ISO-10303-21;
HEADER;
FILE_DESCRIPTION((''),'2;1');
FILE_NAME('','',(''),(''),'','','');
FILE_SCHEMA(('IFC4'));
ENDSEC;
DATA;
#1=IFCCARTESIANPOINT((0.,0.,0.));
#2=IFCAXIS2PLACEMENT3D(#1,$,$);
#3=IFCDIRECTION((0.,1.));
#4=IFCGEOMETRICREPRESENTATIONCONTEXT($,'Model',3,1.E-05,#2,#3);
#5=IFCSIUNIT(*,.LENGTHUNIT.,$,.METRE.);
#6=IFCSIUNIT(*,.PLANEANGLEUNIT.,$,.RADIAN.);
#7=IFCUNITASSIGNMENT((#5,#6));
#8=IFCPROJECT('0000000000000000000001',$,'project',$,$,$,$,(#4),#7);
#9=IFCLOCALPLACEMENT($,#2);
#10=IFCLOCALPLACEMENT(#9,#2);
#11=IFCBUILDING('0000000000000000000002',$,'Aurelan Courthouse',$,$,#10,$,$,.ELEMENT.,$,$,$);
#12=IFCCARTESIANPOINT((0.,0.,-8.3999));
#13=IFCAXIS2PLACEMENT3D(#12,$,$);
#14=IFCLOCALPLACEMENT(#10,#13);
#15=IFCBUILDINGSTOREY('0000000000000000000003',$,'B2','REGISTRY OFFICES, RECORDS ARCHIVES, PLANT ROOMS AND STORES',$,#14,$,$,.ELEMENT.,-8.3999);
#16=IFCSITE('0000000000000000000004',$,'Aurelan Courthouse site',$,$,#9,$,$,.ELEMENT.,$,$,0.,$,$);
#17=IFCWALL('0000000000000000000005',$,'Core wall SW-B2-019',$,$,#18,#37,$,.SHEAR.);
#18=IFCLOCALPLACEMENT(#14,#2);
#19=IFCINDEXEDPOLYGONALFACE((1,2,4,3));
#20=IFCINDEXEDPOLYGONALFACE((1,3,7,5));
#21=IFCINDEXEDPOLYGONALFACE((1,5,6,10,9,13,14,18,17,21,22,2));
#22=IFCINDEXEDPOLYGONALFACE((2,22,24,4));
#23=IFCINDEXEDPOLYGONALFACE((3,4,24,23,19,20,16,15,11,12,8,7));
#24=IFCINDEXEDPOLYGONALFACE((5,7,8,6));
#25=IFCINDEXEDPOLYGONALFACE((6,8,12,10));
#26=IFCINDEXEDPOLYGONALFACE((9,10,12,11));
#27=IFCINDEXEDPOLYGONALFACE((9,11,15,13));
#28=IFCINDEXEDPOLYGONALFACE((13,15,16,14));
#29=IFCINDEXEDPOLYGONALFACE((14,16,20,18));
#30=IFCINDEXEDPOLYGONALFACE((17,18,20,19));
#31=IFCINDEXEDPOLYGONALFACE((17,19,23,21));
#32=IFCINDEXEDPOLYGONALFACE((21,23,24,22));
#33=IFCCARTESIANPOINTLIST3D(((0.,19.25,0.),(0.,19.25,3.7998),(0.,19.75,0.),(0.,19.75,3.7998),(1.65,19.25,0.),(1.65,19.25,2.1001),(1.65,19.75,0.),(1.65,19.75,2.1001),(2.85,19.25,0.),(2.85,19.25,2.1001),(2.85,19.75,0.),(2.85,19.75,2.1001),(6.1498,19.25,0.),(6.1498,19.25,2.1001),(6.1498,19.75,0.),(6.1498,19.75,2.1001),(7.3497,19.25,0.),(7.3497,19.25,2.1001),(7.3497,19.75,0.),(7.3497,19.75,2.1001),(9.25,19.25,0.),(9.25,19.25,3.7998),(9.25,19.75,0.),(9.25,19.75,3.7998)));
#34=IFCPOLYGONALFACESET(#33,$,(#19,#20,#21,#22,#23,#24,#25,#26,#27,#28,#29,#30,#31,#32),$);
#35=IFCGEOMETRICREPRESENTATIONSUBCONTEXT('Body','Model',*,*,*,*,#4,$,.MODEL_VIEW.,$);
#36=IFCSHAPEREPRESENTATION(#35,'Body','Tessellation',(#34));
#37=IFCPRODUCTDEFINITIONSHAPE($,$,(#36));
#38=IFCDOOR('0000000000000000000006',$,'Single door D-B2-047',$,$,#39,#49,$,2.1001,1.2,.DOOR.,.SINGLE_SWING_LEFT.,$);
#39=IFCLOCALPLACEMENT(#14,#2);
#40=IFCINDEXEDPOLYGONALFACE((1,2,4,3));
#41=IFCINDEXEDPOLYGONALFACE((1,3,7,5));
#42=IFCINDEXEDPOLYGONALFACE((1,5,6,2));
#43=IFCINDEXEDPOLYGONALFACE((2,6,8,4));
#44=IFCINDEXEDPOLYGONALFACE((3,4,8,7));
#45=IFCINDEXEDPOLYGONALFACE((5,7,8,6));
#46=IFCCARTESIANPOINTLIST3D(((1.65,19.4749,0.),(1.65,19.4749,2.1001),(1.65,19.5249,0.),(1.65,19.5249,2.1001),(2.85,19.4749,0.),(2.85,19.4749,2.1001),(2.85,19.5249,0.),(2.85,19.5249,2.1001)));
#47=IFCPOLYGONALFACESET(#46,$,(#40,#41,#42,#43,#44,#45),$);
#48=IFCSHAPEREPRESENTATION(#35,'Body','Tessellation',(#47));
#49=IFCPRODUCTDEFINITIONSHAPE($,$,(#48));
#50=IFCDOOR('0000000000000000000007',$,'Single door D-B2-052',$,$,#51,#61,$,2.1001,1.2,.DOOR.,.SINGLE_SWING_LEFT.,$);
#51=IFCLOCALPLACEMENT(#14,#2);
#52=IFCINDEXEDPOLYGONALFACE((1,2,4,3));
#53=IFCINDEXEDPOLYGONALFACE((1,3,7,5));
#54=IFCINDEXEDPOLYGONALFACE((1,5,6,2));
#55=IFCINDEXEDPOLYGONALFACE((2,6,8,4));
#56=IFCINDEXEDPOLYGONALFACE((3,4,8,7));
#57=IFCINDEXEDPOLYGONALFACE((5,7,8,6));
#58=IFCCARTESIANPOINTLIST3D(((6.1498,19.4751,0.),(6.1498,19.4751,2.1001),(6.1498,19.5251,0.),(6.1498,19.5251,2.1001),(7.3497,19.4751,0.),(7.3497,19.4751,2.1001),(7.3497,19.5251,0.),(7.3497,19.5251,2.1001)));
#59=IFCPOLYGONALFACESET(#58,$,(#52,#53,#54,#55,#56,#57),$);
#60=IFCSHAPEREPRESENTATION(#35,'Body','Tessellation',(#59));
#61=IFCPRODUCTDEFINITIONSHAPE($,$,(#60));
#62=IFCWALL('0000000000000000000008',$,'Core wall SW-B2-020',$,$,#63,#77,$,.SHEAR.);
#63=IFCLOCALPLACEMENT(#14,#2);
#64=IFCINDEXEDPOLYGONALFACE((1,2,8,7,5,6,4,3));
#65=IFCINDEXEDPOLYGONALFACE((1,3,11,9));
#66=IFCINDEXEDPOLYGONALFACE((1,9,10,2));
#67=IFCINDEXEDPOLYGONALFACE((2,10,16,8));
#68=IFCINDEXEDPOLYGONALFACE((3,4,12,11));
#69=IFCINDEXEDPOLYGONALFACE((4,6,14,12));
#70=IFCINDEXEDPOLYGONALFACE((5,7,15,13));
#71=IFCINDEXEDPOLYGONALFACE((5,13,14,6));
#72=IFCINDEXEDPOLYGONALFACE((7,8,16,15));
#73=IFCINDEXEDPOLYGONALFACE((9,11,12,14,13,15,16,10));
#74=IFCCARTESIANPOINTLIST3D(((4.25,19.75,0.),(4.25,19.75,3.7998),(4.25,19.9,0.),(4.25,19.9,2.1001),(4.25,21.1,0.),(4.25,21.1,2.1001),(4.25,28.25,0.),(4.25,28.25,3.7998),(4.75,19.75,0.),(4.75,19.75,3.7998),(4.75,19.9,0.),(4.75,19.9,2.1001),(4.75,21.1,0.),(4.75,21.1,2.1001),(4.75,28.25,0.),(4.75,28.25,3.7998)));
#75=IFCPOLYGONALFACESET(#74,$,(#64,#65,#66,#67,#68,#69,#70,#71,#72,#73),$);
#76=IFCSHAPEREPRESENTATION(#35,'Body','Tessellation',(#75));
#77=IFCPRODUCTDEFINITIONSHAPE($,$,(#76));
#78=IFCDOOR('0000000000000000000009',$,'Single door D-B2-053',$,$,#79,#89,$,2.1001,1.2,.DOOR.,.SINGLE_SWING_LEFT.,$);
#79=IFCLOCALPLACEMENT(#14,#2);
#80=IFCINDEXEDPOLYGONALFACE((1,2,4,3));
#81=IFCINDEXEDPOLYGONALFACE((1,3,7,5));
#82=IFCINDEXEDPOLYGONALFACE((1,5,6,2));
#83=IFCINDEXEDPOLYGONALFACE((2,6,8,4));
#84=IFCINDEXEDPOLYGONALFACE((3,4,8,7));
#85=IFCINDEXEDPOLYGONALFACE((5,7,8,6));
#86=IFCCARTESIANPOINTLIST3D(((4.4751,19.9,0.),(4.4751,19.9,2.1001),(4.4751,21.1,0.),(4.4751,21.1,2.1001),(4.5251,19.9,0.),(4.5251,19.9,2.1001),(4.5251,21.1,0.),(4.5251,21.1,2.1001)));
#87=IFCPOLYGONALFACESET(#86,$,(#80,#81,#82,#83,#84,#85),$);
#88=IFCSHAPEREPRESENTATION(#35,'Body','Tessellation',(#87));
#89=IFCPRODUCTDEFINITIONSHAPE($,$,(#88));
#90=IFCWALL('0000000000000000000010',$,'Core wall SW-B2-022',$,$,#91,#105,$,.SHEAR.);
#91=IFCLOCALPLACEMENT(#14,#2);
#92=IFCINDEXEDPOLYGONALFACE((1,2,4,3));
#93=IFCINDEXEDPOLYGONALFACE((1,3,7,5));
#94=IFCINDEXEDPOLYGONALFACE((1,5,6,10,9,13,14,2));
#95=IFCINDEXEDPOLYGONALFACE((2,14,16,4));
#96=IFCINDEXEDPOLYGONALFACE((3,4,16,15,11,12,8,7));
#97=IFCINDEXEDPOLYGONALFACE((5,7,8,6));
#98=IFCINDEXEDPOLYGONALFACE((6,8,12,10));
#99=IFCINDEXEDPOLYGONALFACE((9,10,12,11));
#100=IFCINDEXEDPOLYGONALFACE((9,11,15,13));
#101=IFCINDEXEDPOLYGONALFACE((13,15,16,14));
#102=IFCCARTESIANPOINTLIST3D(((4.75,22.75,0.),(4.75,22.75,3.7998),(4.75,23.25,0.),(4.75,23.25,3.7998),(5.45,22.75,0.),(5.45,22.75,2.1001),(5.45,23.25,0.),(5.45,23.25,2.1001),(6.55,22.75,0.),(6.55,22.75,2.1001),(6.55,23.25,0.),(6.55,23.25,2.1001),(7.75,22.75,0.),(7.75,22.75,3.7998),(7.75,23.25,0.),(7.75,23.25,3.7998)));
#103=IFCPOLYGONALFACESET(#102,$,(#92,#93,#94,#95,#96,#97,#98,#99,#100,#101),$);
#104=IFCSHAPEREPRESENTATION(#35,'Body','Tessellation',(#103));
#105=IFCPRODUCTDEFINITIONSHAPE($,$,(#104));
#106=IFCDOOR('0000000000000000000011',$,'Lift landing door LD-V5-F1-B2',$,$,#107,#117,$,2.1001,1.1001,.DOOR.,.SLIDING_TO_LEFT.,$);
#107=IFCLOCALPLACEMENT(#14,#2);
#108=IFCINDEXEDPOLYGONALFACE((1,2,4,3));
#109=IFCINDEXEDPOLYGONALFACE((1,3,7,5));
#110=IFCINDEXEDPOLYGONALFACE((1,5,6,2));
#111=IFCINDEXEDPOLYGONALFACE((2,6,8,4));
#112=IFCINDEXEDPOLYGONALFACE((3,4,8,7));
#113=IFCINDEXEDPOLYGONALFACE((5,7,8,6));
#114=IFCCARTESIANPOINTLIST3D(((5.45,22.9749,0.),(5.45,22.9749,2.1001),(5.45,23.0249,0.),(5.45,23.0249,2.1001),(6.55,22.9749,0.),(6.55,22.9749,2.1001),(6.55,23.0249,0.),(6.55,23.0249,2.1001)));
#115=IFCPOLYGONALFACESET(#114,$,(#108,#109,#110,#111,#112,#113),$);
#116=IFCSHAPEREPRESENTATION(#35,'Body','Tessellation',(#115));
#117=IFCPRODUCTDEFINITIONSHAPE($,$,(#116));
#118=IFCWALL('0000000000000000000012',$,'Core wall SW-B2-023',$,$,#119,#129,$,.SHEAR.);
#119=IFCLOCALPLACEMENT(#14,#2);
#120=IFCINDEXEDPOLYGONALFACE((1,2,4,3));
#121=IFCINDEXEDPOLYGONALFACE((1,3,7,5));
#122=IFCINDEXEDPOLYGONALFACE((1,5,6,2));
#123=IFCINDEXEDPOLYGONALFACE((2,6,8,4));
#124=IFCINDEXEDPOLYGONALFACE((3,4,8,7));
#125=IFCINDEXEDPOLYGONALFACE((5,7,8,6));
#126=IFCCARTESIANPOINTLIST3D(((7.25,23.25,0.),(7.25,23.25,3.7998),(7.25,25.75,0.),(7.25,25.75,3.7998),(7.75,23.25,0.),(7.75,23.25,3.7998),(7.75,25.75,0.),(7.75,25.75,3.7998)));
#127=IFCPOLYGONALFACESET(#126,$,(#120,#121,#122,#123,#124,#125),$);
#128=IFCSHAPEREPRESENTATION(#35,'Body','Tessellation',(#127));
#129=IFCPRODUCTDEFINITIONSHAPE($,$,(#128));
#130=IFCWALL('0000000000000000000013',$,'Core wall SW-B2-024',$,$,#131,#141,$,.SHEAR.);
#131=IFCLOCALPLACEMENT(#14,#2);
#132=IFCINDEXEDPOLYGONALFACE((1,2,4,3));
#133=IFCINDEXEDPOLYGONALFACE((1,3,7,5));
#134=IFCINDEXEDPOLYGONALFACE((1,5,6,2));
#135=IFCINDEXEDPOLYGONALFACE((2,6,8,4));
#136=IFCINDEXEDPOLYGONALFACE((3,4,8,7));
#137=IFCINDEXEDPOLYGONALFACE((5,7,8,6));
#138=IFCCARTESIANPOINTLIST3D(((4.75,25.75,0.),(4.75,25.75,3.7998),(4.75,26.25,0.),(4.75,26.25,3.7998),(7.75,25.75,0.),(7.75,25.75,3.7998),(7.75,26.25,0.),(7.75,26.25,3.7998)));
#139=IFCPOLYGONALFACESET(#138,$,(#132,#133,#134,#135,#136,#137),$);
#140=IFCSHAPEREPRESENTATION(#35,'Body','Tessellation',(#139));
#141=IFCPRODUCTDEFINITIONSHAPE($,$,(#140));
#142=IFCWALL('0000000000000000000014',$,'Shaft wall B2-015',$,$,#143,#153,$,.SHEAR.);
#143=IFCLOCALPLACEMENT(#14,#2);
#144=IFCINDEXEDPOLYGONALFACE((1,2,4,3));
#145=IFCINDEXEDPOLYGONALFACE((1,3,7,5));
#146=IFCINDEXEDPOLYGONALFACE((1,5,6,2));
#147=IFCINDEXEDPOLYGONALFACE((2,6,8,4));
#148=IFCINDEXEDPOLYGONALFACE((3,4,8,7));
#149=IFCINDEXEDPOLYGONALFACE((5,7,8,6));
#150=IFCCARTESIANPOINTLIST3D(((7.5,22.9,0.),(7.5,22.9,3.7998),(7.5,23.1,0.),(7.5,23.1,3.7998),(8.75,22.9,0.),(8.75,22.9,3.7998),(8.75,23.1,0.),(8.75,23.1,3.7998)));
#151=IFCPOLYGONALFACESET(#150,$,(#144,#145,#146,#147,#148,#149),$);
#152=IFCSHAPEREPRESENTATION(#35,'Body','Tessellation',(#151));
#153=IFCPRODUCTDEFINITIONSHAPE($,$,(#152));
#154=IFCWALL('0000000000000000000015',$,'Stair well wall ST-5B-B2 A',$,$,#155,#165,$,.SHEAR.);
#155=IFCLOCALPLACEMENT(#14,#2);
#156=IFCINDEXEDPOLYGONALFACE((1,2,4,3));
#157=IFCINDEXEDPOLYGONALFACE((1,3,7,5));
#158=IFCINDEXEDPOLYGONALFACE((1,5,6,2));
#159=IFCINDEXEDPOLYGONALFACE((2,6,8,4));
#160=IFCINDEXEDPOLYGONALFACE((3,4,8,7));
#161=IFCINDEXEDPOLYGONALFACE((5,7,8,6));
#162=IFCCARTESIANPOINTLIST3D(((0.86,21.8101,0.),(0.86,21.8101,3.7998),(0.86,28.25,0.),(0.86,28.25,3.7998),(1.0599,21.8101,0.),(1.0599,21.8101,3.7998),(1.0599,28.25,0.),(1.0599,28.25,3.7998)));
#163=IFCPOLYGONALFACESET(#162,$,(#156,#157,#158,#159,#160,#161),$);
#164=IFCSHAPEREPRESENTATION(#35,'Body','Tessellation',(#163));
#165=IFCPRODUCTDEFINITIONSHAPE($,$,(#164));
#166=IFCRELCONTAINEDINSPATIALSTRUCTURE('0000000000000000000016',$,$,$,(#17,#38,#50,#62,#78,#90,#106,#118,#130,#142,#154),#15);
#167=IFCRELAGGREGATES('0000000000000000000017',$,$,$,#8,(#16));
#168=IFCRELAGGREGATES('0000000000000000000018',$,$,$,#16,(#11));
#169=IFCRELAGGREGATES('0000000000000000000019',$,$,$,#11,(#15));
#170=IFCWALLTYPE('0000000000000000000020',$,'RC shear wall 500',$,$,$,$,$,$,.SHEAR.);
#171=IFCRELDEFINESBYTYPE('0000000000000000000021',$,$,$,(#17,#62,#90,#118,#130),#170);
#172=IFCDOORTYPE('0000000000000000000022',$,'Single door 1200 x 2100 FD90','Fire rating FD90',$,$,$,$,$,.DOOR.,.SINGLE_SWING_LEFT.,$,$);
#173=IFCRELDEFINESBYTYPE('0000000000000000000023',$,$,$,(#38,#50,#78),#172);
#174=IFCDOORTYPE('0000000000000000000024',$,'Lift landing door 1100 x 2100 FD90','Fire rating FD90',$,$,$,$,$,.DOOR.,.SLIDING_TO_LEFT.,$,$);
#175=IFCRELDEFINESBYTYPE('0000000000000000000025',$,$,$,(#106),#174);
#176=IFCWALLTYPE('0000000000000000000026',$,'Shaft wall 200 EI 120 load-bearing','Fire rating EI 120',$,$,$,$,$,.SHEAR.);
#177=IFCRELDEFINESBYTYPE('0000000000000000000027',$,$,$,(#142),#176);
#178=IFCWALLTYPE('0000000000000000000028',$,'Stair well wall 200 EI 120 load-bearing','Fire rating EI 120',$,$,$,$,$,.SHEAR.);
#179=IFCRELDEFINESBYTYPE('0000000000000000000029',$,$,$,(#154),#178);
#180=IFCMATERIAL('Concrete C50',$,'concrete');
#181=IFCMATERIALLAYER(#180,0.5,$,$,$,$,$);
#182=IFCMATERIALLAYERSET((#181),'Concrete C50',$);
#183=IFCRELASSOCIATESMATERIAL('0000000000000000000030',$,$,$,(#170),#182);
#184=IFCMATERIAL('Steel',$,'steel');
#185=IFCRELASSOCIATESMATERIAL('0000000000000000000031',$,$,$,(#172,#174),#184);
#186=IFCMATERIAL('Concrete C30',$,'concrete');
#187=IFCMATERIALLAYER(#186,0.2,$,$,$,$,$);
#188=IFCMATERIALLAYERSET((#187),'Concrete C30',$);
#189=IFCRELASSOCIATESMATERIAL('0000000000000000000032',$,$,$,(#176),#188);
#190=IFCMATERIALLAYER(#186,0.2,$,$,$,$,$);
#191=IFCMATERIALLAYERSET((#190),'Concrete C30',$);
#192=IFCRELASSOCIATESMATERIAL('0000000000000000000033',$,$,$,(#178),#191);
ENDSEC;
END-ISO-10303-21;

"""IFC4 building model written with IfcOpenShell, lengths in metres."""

from ifc_helpers import new_model, si_unit, direction, frame, frame_2d, origin, place, context, subcontext, project, spatial, rectangle, extrude, material, layer, layer_set, type_object, element, fill, save


model = new_model("IFC4")

# Units and contexts
model_context = context("Model", 3, precision=1e-05, world=origin(), true_north=direction((0.0, 1.0)))
body_context = subcontext(model_context, "Body", "Model", "MODEL_VIEW")
ifc_project = project(units=[si_unit("LENGTHUNIT", "METRE"), si_unit("PLANEANGLEUNIT", "RADIAN")], contexts=[model_context])

# Site, building, storey
site_placement = place(None, origin())
site = spatial("IfcSite", under=ifc_project, at=site_placement, Name="Aurelan Courthouse site", CompositionType="ELEMENT", RefElevation=0.0)
building_placement = place(site_placement, origin())
building = spatial("IfcBuilding", under=site, at=building_placement, Name="Aurelan Courthouse", CompositionType="ELEMENT")
storey_placement = place(building_placement, frame((0.0, 0.0, -8.3999)))
storey = spatial("IfcBuildingStorey", under=building, at=storey_placement, Name="B2", Description="REGISTRY OFFICES, RECORDS ARCHIVES, PLANT ROOMS AND STORES", CompositionType="ELEMENT", Elevation=-8.3999)

# Wall, openings, doors
ifc_material_1 = material(Name="Concrete C50", Category="concrete")
ifc_layer_1 = layer(ifc_material_1, 0.5)
ifc_layer_set_1 = layer_set([ifc_layer_1], Name="Concrete C50")
wall_type_1 = type_object("IfcWallType", Name="RC shear wall 500", PredefinedType="SHEAR", material=ifc_layer_set_1)
wall_1_placement = place(storey_placement, frame((0.0, 19.5, 0.0), z_axis=(0.0, 0.0, 1.0), x_axis=(1.0, 0.0, 0.0)))
wall_1 = element("IfcWall", 1, at=wall_1_placement, inside=storey, type_object=wall_type_1, Name="Core wall SW-B2-019", PredefinedType="SHEAR", context=body_context, shape_type="SweptSolid", body=[
    extrude(rectangle(XDim=9.25, YDim=0.5, at=frame_2d((4.625, 0.0))), origin(), (0.0, 0.0, 1.0), 3.7998),
])
opening_1_placement = place(wall_1_placement, frame((1.6499, 0.0, 0.0)))
opening_1 = element("IfcOpeningElement", 2, at=opening_1_placement, cuts=wall_1, PredefinedType="OPENING", context=body_context, shape_type="SweptSolid", body=[
    extrude(rectangle(XDim=1.2, YDim=2.1001, at=frame_2d((0.6001, 1.05))), frame((0.0, 0.26, 0.0), z_axis=(0.0, -1.0, 0.0), x_axis=(1.0, 0.0, 0.0)), (0.0, 0.0, 1.0), 0.52),
])
opening_2_placement = place(wall_1_placement, frame((7.3499, 0.0, 0.0), z_axis=(0.0, 0.0, 1.0), x_axis=(-1.0, 0.0, 0.0)))
opening_2 = element("IfcOpeningElement", 3, at=opening_2_placement, cuts=wall_1, PredefinedType="OPENING", context=body_context, shape_type="SweptSolid", body=[
    extrude(rectangle(XDim=1.2, YDim=2.1001, at=frame_2d((0.6001, 1.05))), frame((0.0, 0.26, 0.0), z_axis=(0.0, -1.0, 0.0), x_axis=(1.0, 0.0, 0.0)), (0.0, 0.0, 1.0), 0.52),
])
ifc_material_2 = material(Name="Steel", Category="steel")
door_type_1 = type_object("IfcDoorType", Name="Single door 1200 x 2100 FD90", Description="Fire rating FD90", OperationType="SINGLE_SWING_LEFT", PredefinedType="DOOR", material=ifc_material_2)
door_1_placement = place(opening_1_placement, origin())
door_1 = element("IfcDoor", 4, at=door_1_placement, inside=storey, type_object=door_type_1, Name="Single door D-B2-047", OperationType="SINGLE_SWING_LEFT", OverallHeight=2.1001, OverallWidth=1.2, PredefinedType="DOOR", context=body_context, shape_type="SweptSolid", body=[
    extrude(rectangle(XDim=1.2, YDim=2.1001, at=frame_2d((0.6001, 1.05))), frame((0.0, 0.0249, 0.0), z_axis=(0.0, -1.0, 0.0), x_axis=(1.0, 0.0, 0.0)), (0.0, 0.0, 1.0), 0.05),
])
fill(opening_1, door_1)
door_2_placement = place(opening_2_placement, origin())
door_2 = element("IfcDoor", 5, at=door_2_placement, inside=storey, type_object=door_type_1, Name="Single door D-B2-052", OperationType="SINGLE_SWING_LEFT", OverallHeight=2.1001, OverallWidth=1.2, PredefinedType="DOOR", context=body_context, shape_type="SweptSolid", body=[
    extrude(rectangle(XDim=1.2, YDim=2.1001, at=frame_2d((0.6001, 1.05))), frame((0.0, 0.0249, 0.0), z_axis=(0.0, -1.0, 0.0), x_axis=(1.0, 0.0, 0.0)), (0.0, 0.0, 1.0), 0.05),
])
fill(opening_2, door_2)

# Walls, openings, doors
wall_2_placement = place(storey_placement, frame((4.5, 19.75, 0.0), z_axis=(0.0, 0.0, 1.0), x_axis=(0.0, 1.0, 0.0)))
wall_2 = element("IfcWall", 6, at=wall_2_placement, inside=storey, type_object=wall_type_1, Name="Core wall SW-B2-020", PredefinedType="SHEAR", context=body_context, shape_type="SweptSolid", body=[
    extrude(rectangle(XDim=8.5, YDim=0.5, at=frame_2d((4.25, 0.0))), origin(), (0.0, 0.0, 1.0), 3.7998),
])
opening_3_placement = place(wall_2_placement, frame((0.1499, 0.0, 0.0)))
opening_3 = element("IfcOpeningElement", 7, at=opening_3_placement, cuts=wall_2, PredefinedType="OPENING", context=body_context, shape_type="SweptSolid", body=[
    extrude(rectangle(XDim=1.2, YDim=2.1001, at=frame_2d((0.6001, 1.05))), frame((0.0, 0.26, 0.0), z_axis=(0.0, -1.0, 0.0), x_axis=(1.0, 0.0, 0.0)), (0.0, 0.0, 1.0), 0.52),
])
door_3_placement = place(opening_3_placement, origin())
door_3 = element("IfcDoor", 8, at=door_3_placement, inside=storey, type_object=door_type_1, Name="Single door D-B2-053", OperationType="SINGLE_SWING_LEFT", OverallHeight=2.1001, OverallWidth=1.2, PredefinedType="DOOR", context=body_context, shape_type="SweptSolid", body=[
    extrude(rectangle(XDim=1.2, YDim=2.1001, at=frame_2d((0.6001, 1.05))), frame((0.0, 0.0249, 0.0), z_axis=(0.0, -1.0, 0.0), x_axis=(1.0, 0.0, 0.0)), (0.0, 0.0, 1.0), 0.05),
])
fill(opening_3, door_3)
wall_3_placement = place(storey_placement, frame((4.75, 23.0, 0.0), z_axis=(0.0, 0.0, 1.0), x_axis=(1.0, 0.0, 0.0)))
wall_3 = element("IfcWall", 9, at=wall_3_placement, inside=storey, type_object=wall_type_1, Name="Core wall SW-B2-022", PredefinedType="SHEAR", context=body_context, shape_type="SweptSolid", body=[
    extrude(rectangle(XDim=3.0, YDim=0.5, at=frame_2d((1.5, 0.0))), origin(), (0.0, 0.0, 1.0), 3.7998),
])
opening_4_placement = place(wall_3_placement, frame((0.7, 0.0, 0.0)))
opening_4 = element("IfcOpeningElement", 10, at=opening_4_placement, cuts=wall_3, PredefinedType="OPENING", context=body_context, shape_type="SweptSolid", body=[
    extrude(rectangle(XDim=1.1001, YDim=2.1001, at=frame_2d((0.55, 1.05))), frame((0.0, 0.26, 0.0), z_axis=(0.0, -1.0, 0.0), x_axis=(1.0, 0.0, 0.0)), (0.0, 0.0, 1.0), 0.52),
])
door_type_2 = type_object("IfcDoorType", Name="Lift landing door 1100 x 2100 FD90", Description="Fire rating FD90", OperationType="SLIDING_TO_LEFT", PredefinedType="DOOR", material=ifc_material_2)
door_4_placement = place(opening_4_placement, origin())
door_4 = element("IfcDoor", 11, at=door_4_placement, inside=storey, type_object=door_type_2, Name="Lift landing door LD-V5-F1-B2", OperationType="SLIDING_TO_LEFT", OverallHeight=2.1001, OverallWidth=1.1001, PredefinedType="DOOR", context=body_context, shape_type="SweptSolid", body=[
    extrude(rectangle(XDim=1.1001, YDim=2.1001, at=frame_2d((0.55, 1.05))), frame((0.0, 0.0249, 0.0), z_axis=(0.0, -1.0, 0.0), x_axis=(1.0, 0.0, 0.0)), (0.0, 0.0, 1.0), 0.05),
])
fill(opening_4, door_4)

# Walls
wall_4_placement = place(storey_placement, frame((7.5, 23.25, 0.0), z_axis=(0.0, 0.0, 1.0), x_axis=(0.0, 1.0, 0.0)))
element("IfcWall", 12, at=wall_4_placement, inside=storey, type_object=wall_type_1, Name="Core wall SW-B2-023", PredefinedType="SHEAR", context=body_context, shape_type="SweptSolid", body=[
    extrude(rectangle(XDim=2.5, YDim=0.5, at=frame_2d((1.25, 0.0))), origin(), (0.0, 0.0, 1.0), 3.7998),
])
wall_5_placement = place(storey_placement, frame((4.75, 26.0, 0.0), z_axis=(0.0, 0.0, 1.0), x_axis=(1.0, 0.0, 0.0)))
element("IfcWall", 13, at=wall_5_placement, inside=storey, type_object=wall_type_1, Name="Core wall SW-B2-024", PredefinedType="SHEAR", context=body_context, shape_type="SweptSolid", body=[
    extrude(rectangle(XDim=3.0, YDim=0.5, at=frame_2d((1.5, 0.0))), origin(), (0.0, 0.0, 1.0), 3.7998),
])
ifc_material_3 = material(Name="Concrete C30", Category="concrete")
ifc_layer_2 = layer(ifc_material_3, 0.2)
ifc_layer_set_2 = layer_set([ifc_layer_2], Name="Concrete C30")
wall_type_2 = type_object("IfcWallType", Name="Shaft wall 200 EI 120 load-bearing", Description="Fire rating EI 120", PredefinedType="SHEAR", material=ifc_layer_set_2)
wall_6_placement = place(storey_placement, frame((7.5, 23.0, 0.0), z_axis=(0.0, 0.0, 1.0), x_axis=(1.0, 0.0, 0.0)))
element("IfcWall", 14, at=wall_6_placement, inside=storey, type_object=wall_type_2, Name="Shaft wall B2-015", PredefinedType="SHEAR", context=body_context, shape_type="SweptSolid", body=[
    extrude(rectangle(XDim=1.25, YDim=0.2, at=frame_2d((0.625, 0.0))), origin(), (0.0, 0.0, 1.0), 3.7998),
])
ifc_layer_3 = layer(ifc_material_3, 0.2)
ifc_layer_set_3 = layer_set([ifc_layer_3], Name="Concrete C30")
wall_type_3 = type_object("IfcWallType", Name="Stair well wall 200 EI 120 load-bearing", Description="Fire rating EI 120", PredefinedType="SHEAR", material=ifc_layer_set_3)
wall_7_placement = place(storey_placement, frame((0.96, 21.8101, 0.0), z_axis=(0.0, 0.0, 1.0), x_axis=(0.0, 1.0, 0.0)))
element("IfcWall", 15, at=wall_7_placement, inside=storey, type_object=wall_type_3, Name="Stair well wall ST-5B-B2 A", PredefinedType="SHEAR", context=body_context, shape_type="SweptSolid", body=[
    extrude(rectangle(XDim=6.4399, YDim=0.2, at=frame_2d((3.22, 0.0))), origin(), (0.0, 0.0, 1.0), 3.7998),
])

save(model, "model.ifc")
